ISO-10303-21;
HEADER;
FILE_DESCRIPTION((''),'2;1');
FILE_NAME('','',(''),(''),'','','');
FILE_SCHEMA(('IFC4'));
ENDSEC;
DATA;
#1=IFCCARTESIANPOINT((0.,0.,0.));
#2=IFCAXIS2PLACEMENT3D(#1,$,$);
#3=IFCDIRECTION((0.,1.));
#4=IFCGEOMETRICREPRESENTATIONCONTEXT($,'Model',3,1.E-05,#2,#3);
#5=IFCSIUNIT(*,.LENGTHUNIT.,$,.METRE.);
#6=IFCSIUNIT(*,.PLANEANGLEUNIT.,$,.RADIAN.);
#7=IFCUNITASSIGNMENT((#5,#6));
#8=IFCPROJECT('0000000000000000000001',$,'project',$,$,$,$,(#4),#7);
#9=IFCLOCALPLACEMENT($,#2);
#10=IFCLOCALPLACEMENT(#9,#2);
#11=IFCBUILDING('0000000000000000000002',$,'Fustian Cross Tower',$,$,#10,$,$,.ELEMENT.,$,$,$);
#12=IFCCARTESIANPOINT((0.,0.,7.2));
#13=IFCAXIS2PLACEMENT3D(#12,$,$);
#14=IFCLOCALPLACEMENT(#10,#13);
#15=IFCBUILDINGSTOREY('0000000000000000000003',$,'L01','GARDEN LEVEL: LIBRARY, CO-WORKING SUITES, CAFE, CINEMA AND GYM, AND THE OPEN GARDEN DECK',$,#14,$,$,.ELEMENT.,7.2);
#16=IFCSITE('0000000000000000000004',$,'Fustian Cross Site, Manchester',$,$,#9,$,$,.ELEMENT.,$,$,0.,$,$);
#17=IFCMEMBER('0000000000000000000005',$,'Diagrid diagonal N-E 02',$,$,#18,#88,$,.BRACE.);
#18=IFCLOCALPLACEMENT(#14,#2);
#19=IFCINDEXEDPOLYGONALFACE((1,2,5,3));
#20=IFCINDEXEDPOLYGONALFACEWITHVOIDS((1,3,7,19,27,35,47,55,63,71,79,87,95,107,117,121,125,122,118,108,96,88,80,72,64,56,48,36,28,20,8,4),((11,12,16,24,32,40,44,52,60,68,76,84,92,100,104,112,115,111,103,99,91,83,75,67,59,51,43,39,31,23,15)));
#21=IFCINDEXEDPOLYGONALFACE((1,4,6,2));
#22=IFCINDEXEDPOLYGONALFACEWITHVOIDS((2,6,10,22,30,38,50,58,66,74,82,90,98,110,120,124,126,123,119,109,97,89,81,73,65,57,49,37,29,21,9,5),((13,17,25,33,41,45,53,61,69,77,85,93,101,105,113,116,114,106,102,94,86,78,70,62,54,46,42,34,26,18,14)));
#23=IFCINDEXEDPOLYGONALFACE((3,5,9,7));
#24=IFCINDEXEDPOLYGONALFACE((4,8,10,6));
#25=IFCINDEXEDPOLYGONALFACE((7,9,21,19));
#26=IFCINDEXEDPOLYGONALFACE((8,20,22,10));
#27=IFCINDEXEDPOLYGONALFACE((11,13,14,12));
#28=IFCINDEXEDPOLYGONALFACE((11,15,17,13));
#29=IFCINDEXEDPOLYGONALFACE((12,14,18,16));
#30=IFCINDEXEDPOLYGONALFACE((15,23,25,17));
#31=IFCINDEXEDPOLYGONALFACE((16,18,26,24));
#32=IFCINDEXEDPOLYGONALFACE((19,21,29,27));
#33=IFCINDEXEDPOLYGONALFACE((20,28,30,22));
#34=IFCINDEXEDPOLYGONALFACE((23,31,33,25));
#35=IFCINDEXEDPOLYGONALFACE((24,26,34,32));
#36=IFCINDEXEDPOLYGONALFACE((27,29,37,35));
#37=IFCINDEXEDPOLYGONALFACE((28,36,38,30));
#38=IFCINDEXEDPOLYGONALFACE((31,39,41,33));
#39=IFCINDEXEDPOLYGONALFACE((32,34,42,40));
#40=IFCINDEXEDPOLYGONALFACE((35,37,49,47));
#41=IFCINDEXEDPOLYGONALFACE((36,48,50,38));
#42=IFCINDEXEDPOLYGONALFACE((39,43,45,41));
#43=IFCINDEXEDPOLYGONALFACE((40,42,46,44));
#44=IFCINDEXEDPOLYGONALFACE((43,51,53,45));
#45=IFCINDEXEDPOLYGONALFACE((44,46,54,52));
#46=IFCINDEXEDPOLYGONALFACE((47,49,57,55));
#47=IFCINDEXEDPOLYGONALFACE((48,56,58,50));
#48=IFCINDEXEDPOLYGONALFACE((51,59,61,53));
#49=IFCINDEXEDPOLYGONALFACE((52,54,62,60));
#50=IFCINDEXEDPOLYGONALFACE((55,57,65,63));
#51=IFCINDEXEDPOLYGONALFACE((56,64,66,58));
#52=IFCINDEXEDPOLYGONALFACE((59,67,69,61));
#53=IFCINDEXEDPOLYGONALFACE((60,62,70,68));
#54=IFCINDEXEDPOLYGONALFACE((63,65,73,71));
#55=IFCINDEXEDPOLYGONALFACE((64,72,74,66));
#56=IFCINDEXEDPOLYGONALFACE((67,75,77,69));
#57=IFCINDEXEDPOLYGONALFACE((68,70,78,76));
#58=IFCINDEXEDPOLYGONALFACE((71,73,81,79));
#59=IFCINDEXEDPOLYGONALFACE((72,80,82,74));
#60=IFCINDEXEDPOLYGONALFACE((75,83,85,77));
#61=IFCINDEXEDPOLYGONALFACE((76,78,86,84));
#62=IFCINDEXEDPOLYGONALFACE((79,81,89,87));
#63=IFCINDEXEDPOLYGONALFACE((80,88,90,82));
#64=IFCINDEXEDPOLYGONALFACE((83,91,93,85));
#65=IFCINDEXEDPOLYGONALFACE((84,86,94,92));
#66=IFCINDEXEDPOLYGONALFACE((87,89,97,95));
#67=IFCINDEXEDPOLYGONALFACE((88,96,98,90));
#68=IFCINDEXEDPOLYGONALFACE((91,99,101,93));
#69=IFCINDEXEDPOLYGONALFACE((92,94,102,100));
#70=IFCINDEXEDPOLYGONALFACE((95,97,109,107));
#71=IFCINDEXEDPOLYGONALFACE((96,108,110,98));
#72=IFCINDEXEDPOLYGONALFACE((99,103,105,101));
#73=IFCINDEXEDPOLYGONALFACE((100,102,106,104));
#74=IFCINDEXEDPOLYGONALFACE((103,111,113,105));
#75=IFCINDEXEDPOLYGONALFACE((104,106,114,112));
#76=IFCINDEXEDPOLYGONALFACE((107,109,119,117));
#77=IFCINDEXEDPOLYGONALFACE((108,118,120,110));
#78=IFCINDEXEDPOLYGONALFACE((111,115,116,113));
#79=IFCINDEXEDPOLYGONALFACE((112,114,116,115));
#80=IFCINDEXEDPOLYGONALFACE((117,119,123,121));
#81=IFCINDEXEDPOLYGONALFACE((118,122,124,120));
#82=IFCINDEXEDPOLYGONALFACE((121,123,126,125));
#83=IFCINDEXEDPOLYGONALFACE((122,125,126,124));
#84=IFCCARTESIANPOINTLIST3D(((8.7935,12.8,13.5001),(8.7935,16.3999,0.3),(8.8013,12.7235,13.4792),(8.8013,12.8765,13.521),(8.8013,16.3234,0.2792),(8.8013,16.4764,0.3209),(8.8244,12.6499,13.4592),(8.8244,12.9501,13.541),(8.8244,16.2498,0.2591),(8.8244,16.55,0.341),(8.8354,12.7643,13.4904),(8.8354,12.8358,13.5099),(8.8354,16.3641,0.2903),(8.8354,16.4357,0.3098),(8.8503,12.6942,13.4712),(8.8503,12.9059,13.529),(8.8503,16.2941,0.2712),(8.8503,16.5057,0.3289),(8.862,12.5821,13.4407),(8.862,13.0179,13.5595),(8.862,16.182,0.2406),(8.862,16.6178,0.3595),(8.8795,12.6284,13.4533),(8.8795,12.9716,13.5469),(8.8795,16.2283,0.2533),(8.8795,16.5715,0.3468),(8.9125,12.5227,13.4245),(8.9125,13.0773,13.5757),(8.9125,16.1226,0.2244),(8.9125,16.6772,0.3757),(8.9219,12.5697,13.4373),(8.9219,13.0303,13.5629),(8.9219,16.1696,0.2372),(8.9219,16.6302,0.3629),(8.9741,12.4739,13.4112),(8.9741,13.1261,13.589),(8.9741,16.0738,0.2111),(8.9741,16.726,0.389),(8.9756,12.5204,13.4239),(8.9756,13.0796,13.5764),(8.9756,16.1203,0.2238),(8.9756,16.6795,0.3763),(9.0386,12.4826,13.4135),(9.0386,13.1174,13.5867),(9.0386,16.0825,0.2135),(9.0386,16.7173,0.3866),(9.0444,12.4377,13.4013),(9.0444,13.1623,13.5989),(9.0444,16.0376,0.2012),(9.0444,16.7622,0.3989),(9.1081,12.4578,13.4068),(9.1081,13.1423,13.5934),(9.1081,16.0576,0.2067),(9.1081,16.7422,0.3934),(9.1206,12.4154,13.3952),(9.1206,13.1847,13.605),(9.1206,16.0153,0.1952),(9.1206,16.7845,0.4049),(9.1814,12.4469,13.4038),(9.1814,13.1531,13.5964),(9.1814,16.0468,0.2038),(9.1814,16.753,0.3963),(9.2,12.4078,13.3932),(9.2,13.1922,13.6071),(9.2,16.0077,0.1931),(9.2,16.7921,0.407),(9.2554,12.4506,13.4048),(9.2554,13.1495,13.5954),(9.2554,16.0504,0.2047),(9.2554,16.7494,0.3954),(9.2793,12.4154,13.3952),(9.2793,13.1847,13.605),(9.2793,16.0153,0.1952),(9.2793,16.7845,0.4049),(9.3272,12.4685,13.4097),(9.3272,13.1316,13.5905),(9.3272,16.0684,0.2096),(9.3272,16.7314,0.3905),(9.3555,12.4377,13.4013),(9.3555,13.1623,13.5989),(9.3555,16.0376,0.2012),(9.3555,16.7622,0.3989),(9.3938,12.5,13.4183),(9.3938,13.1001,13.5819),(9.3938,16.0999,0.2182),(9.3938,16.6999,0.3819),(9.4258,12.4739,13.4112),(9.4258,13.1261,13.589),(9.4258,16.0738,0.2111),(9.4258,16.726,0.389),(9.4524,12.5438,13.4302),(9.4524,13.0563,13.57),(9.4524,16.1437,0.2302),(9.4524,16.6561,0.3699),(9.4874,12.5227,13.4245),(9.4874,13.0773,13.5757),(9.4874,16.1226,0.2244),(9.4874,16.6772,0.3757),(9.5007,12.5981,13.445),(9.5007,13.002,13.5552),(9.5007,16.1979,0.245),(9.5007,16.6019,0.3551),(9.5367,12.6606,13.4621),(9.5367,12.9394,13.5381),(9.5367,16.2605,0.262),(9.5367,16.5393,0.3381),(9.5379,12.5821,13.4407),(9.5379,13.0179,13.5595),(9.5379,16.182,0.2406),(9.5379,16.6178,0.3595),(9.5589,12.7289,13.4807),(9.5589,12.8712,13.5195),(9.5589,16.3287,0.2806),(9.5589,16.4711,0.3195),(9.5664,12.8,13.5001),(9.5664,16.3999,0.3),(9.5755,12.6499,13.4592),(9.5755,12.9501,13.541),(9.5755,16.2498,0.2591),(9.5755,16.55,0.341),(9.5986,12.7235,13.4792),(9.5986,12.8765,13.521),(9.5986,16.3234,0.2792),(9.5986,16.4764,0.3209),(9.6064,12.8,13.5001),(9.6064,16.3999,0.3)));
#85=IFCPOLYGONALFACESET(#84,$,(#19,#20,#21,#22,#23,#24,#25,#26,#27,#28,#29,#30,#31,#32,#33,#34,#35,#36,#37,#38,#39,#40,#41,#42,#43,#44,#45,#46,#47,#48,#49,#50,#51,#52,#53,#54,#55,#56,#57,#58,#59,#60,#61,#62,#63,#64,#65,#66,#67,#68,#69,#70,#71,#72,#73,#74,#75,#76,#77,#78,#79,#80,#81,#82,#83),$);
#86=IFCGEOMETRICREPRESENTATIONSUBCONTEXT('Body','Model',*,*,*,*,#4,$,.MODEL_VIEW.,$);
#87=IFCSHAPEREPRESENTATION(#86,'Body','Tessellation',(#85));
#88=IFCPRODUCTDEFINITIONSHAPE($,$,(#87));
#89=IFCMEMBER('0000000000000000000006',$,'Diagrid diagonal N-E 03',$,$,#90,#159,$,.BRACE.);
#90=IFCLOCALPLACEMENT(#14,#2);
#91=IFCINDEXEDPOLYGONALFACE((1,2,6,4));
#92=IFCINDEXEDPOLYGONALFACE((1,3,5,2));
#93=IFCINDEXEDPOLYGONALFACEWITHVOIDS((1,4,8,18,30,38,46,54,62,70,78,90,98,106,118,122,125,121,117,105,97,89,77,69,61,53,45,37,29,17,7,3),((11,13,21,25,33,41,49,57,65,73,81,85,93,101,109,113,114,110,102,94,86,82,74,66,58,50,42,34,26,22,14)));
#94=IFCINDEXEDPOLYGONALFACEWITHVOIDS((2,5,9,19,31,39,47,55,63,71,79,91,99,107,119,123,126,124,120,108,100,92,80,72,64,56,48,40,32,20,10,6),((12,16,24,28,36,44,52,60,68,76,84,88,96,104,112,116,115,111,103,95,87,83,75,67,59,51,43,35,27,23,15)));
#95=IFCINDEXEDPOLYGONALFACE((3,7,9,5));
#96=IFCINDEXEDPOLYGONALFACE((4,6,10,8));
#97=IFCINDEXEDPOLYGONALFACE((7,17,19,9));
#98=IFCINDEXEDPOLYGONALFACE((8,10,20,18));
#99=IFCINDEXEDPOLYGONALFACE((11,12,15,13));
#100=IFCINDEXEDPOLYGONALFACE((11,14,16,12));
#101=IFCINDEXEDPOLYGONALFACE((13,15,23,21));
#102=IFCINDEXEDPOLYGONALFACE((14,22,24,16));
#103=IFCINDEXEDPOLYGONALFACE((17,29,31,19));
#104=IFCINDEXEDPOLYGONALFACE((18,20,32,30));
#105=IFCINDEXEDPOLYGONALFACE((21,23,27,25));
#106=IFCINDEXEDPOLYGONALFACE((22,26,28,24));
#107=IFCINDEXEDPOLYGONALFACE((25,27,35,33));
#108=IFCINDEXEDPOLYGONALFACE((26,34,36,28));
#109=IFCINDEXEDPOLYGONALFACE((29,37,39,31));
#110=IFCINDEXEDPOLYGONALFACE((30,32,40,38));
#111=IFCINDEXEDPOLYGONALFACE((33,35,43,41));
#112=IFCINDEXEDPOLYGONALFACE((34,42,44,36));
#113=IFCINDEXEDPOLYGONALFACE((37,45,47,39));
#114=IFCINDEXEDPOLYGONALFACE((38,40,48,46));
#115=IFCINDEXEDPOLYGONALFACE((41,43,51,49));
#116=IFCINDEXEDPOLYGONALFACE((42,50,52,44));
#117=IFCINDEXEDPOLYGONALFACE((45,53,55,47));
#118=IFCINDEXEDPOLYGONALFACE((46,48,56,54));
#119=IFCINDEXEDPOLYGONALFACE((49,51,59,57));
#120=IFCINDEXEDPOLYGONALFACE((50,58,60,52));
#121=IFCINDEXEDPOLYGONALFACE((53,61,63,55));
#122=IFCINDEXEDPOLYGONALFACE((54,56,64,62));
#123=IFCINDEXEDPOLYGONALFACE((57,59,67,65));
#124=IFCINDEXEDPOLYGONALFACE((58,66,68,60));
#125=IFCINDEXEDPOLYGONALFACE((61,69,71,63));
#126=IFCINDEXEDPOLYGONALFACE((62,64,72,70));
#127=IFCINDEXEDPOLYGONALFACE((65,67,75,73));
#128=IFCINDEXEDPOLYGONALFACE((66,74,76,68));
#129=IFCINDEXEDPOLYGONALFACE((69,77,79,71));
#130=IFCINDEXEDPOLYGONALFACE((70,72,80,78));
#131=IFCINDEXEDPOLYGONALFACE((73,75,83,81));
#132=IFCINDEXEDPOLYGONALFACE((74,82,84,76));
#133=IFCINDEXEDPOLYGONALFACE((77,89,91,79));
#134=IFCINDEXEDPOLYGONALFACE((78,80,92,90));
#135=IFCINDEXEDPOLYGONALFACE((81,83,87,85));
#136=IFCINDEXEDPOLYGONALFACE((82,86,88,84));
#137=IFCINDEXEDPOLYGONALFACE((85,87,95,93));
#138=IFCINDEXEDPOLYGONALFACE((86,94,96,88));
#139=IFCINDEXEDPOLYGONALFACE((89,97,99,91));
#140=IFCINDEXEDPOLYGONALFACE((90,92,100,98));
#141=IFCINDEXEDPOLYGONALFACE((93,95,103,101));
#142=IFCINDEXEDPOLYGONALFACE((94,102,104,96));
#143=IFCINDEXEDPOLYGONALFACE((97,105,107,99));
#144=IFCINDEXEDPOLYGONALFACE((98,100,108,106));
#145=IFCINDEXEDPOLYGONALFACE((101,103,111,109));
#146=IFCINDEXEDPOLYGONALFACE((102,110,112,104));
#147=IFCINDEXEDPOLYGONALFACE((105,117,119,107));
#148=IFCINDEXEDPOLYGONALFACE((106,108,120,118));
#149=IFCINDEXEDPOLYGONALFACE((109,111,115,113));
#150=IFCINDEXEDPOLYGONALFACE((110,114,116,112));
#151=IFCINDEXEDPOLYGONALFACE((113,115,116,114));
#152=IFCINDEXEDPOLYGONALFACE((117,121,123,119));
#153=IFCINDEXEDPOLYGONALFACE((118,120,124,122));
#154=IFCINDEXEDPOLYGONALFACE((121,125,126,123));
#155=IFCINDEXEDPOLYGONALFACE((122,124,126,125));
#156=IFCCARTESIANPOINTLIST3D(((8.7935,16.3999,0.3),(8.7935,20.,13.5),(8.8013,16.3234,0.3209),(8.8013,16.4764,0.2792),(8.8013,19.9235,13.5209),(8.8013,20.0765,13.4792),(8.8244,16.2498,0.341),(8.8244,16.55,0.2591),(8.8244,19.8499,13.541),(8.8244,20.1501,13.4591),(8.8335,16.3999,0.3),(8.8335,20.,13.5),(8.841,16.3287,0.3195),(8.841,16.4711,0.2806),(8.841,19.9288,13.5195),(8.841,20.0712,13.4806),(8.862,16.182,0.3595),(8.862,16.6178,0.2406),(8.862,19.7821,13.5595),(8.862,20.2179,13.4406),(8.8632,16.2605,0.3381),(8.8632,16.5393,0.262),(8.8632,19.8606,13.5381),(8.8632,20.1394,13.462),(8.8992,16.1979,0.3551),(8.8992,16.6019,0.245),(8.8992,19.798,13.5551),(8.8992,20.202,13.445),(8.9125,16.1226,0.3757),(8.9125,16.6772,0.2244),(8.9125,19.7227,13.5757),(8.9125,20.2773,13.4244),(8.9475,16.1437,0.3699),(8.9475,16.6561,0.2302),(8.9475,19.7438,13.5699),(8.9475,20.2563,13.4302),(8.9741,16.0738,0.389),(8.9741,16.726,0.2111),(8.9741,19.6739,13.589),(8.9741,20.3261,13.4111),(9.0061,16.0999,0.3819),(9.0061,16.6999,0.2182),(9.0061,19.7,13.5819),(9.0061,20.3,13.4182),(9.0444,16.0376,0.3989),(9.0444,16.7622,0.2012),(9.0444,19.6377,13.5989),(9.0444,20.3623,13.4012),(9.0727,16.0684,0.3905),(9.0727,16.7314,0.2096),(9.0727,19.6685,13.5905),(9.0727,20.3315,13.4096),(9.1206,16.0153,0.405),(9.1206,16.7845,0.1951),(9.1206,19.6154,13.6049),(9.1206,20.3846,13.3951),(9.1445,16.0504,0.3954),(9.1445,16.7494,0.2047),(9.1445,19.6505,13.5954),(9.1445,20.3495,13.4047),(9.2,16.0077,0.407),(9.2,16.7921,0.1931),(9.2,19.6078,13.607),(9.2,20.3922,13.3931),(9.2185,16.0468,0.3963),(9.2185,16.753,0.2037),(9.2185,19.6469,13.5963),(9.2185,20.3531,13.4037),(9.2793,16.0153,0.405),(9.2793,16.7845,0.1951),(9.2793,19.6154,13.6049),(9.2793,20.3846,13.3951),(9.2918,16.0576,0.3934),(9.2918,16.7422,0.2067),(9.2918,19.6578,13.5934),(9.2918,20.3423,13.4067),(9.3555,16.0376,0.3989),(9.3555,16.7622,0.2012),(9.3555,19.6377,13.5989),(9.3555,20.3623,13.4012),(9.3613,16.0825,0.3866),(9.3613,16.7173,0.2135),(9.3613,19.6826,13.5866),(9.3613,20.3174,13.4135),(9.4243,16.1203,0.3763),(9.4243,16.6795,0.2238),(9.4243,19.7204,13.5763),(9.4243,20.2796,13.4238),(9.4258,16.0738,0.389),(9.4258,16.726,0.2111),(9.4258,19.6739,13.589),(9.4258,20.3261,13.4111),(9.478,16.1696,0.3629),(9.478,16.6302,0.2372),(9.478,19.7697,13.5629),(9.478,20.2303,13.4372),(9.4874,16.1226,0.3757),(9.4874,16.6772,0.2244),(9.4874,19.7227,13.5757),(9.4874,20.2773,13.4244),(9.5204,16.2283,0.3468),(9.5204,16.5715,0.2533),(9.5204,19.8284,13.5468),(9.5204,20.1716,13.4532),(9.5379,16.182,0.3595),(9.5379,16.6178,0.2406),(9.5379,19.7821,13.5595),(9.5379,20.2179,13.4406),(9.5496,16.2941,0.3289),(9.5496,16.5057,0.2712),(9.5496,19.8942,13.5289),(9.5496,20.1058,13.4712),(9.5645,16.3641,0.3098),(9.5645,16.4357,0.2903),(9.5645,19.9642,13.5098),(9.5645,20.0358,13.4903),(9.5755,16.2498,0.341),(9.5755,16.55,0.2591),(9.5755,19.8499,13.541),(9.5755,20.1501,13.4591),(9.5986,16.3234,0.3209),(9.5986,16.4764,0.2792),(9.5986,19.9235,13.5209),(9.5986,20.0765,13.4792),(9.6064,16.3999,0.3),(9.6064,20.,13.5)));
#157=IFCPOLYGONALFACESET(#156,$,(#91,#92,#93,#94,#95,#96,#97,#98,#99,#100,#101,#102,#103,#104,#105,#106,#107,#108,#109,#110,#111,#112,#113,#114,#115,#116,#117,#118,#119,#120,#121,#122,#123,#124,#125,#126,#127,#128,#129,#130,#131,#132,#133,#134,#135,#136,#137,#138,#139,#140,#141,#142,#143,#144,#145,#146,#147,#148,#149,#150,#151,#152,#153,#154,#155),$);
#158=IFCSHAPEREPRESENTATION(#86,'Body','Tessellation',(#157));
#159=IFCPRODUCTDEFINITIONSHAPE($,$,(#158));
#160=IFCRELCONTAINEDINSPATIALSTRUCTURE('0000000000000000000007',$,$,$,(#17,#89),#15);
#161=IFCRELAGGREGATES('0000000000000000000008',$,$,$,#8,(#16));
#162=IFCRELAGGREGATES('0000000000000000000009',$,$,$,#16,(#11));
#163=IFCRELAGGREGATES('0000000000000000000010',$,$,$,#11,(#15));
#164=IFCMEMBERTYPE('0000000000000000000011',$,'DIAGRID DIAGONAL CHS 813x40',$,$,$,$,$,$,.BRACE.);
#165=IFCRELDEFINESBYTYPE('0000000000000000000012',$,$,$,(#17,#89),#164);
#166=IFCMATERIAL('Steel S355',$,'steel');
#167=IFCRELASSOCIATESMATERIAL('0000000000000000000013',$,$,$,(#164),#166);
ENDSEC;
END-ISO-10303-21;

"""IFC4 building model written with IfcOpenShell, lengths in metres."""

from ifc_helpers import new_model, si_unit, direction, frame, origin, origin_2d, place, context, subcontext, project, spatial, hollow_circle, extrude, material, material_profile, profile_set, type_object, element, save


model = new_model("IFC4")

# Units and contexts
model_context = context("Model", 3, precision=1e-05, world=origin(), true_north=direction((0.0, 1.0)))
body_context = subcontext(model_context, "Body", "Model", "MODEL_VIEW")
ifc_project = project(units=[si_unit("LENGTHUNIT", "METRE"), si_unit("PLANEANGLEUNIT", "RADIAN")], contexts=[model_context])

# Site, building, storey
site_placement = place(None, origin())
site = spatial("IfcSite", under=ifc_project, at=site_placement, Name="Fustian Cross Site, Manchester", CompositionType="ELEMENT", RefElevation=0.0)
building_placement = place(site_placement, origin())
building = spatial("IfcBuilding", under=site, at=building_placement, Name="Fustian Cross Tower", CompositionType="ELEMENT")
storey_placement = place(building_placement, frame((0.0, 0.0, 7.2)))
storey = spatial("IfcBuildingStorey", under=building, at=storey_placement, Name="L01", Description="GARDEN LEVEL: LIBRARY, CO-WORKING SUITES, CAFE, CINEMA AND GYM, AND THE OPEN GARDEN DECK", CompositionType="ELEMENT", Elevation=7.2)

# Members
ifc_material_1 = material(Name="Steel S355", Category="steel")
ifc_material_profile_1 = material_profile(ifc_material_1, hollow_circle(Radius=0.4065, WallThickness=0.04, at=origin_2d()), Name="CHS 813x40")
ifc_profile_set_1 = profile_set([ifc_material_profile_1], Name="Steel S355")
member_type_1 = type_object("IfcMemberType", Name="DIAGRID DIAGONAL CHS 813x40", PredefinedType="BRACE", material=ifc_profile_set_1)
for number, where, z_axis, x_axis, name in (
    (1, (9.2, 16.3999, 0.3), (0.0, -0.263108, 0.964766), (1.0, 0.0, 0.0), "Diagrid diagonal N-E 02"),
    (2, (9.2, 16.3999, 0.3), (0.0, 0.263125, 0.964762), (-1.0, 0.0, 0.0), "Diagrid diagonal N-E 03"),
):
    element("IfcMember", number, at=place(storey_placement, frame(where, z_axis=z_axis, x_axis=x_axis)), inside=storey, type_object=member_type_1, Name=name, PredefinedType="BRACE", context=body_context, shape_type="SweptSolid", body=[
        extrude(hollow_circle(Radius=0.4065, WallThickness=0.04, at=origin_2d()), origin(), (0.0, 0.0, 1.0), 13.6821),
    ])

save(model, "model.ifc")
